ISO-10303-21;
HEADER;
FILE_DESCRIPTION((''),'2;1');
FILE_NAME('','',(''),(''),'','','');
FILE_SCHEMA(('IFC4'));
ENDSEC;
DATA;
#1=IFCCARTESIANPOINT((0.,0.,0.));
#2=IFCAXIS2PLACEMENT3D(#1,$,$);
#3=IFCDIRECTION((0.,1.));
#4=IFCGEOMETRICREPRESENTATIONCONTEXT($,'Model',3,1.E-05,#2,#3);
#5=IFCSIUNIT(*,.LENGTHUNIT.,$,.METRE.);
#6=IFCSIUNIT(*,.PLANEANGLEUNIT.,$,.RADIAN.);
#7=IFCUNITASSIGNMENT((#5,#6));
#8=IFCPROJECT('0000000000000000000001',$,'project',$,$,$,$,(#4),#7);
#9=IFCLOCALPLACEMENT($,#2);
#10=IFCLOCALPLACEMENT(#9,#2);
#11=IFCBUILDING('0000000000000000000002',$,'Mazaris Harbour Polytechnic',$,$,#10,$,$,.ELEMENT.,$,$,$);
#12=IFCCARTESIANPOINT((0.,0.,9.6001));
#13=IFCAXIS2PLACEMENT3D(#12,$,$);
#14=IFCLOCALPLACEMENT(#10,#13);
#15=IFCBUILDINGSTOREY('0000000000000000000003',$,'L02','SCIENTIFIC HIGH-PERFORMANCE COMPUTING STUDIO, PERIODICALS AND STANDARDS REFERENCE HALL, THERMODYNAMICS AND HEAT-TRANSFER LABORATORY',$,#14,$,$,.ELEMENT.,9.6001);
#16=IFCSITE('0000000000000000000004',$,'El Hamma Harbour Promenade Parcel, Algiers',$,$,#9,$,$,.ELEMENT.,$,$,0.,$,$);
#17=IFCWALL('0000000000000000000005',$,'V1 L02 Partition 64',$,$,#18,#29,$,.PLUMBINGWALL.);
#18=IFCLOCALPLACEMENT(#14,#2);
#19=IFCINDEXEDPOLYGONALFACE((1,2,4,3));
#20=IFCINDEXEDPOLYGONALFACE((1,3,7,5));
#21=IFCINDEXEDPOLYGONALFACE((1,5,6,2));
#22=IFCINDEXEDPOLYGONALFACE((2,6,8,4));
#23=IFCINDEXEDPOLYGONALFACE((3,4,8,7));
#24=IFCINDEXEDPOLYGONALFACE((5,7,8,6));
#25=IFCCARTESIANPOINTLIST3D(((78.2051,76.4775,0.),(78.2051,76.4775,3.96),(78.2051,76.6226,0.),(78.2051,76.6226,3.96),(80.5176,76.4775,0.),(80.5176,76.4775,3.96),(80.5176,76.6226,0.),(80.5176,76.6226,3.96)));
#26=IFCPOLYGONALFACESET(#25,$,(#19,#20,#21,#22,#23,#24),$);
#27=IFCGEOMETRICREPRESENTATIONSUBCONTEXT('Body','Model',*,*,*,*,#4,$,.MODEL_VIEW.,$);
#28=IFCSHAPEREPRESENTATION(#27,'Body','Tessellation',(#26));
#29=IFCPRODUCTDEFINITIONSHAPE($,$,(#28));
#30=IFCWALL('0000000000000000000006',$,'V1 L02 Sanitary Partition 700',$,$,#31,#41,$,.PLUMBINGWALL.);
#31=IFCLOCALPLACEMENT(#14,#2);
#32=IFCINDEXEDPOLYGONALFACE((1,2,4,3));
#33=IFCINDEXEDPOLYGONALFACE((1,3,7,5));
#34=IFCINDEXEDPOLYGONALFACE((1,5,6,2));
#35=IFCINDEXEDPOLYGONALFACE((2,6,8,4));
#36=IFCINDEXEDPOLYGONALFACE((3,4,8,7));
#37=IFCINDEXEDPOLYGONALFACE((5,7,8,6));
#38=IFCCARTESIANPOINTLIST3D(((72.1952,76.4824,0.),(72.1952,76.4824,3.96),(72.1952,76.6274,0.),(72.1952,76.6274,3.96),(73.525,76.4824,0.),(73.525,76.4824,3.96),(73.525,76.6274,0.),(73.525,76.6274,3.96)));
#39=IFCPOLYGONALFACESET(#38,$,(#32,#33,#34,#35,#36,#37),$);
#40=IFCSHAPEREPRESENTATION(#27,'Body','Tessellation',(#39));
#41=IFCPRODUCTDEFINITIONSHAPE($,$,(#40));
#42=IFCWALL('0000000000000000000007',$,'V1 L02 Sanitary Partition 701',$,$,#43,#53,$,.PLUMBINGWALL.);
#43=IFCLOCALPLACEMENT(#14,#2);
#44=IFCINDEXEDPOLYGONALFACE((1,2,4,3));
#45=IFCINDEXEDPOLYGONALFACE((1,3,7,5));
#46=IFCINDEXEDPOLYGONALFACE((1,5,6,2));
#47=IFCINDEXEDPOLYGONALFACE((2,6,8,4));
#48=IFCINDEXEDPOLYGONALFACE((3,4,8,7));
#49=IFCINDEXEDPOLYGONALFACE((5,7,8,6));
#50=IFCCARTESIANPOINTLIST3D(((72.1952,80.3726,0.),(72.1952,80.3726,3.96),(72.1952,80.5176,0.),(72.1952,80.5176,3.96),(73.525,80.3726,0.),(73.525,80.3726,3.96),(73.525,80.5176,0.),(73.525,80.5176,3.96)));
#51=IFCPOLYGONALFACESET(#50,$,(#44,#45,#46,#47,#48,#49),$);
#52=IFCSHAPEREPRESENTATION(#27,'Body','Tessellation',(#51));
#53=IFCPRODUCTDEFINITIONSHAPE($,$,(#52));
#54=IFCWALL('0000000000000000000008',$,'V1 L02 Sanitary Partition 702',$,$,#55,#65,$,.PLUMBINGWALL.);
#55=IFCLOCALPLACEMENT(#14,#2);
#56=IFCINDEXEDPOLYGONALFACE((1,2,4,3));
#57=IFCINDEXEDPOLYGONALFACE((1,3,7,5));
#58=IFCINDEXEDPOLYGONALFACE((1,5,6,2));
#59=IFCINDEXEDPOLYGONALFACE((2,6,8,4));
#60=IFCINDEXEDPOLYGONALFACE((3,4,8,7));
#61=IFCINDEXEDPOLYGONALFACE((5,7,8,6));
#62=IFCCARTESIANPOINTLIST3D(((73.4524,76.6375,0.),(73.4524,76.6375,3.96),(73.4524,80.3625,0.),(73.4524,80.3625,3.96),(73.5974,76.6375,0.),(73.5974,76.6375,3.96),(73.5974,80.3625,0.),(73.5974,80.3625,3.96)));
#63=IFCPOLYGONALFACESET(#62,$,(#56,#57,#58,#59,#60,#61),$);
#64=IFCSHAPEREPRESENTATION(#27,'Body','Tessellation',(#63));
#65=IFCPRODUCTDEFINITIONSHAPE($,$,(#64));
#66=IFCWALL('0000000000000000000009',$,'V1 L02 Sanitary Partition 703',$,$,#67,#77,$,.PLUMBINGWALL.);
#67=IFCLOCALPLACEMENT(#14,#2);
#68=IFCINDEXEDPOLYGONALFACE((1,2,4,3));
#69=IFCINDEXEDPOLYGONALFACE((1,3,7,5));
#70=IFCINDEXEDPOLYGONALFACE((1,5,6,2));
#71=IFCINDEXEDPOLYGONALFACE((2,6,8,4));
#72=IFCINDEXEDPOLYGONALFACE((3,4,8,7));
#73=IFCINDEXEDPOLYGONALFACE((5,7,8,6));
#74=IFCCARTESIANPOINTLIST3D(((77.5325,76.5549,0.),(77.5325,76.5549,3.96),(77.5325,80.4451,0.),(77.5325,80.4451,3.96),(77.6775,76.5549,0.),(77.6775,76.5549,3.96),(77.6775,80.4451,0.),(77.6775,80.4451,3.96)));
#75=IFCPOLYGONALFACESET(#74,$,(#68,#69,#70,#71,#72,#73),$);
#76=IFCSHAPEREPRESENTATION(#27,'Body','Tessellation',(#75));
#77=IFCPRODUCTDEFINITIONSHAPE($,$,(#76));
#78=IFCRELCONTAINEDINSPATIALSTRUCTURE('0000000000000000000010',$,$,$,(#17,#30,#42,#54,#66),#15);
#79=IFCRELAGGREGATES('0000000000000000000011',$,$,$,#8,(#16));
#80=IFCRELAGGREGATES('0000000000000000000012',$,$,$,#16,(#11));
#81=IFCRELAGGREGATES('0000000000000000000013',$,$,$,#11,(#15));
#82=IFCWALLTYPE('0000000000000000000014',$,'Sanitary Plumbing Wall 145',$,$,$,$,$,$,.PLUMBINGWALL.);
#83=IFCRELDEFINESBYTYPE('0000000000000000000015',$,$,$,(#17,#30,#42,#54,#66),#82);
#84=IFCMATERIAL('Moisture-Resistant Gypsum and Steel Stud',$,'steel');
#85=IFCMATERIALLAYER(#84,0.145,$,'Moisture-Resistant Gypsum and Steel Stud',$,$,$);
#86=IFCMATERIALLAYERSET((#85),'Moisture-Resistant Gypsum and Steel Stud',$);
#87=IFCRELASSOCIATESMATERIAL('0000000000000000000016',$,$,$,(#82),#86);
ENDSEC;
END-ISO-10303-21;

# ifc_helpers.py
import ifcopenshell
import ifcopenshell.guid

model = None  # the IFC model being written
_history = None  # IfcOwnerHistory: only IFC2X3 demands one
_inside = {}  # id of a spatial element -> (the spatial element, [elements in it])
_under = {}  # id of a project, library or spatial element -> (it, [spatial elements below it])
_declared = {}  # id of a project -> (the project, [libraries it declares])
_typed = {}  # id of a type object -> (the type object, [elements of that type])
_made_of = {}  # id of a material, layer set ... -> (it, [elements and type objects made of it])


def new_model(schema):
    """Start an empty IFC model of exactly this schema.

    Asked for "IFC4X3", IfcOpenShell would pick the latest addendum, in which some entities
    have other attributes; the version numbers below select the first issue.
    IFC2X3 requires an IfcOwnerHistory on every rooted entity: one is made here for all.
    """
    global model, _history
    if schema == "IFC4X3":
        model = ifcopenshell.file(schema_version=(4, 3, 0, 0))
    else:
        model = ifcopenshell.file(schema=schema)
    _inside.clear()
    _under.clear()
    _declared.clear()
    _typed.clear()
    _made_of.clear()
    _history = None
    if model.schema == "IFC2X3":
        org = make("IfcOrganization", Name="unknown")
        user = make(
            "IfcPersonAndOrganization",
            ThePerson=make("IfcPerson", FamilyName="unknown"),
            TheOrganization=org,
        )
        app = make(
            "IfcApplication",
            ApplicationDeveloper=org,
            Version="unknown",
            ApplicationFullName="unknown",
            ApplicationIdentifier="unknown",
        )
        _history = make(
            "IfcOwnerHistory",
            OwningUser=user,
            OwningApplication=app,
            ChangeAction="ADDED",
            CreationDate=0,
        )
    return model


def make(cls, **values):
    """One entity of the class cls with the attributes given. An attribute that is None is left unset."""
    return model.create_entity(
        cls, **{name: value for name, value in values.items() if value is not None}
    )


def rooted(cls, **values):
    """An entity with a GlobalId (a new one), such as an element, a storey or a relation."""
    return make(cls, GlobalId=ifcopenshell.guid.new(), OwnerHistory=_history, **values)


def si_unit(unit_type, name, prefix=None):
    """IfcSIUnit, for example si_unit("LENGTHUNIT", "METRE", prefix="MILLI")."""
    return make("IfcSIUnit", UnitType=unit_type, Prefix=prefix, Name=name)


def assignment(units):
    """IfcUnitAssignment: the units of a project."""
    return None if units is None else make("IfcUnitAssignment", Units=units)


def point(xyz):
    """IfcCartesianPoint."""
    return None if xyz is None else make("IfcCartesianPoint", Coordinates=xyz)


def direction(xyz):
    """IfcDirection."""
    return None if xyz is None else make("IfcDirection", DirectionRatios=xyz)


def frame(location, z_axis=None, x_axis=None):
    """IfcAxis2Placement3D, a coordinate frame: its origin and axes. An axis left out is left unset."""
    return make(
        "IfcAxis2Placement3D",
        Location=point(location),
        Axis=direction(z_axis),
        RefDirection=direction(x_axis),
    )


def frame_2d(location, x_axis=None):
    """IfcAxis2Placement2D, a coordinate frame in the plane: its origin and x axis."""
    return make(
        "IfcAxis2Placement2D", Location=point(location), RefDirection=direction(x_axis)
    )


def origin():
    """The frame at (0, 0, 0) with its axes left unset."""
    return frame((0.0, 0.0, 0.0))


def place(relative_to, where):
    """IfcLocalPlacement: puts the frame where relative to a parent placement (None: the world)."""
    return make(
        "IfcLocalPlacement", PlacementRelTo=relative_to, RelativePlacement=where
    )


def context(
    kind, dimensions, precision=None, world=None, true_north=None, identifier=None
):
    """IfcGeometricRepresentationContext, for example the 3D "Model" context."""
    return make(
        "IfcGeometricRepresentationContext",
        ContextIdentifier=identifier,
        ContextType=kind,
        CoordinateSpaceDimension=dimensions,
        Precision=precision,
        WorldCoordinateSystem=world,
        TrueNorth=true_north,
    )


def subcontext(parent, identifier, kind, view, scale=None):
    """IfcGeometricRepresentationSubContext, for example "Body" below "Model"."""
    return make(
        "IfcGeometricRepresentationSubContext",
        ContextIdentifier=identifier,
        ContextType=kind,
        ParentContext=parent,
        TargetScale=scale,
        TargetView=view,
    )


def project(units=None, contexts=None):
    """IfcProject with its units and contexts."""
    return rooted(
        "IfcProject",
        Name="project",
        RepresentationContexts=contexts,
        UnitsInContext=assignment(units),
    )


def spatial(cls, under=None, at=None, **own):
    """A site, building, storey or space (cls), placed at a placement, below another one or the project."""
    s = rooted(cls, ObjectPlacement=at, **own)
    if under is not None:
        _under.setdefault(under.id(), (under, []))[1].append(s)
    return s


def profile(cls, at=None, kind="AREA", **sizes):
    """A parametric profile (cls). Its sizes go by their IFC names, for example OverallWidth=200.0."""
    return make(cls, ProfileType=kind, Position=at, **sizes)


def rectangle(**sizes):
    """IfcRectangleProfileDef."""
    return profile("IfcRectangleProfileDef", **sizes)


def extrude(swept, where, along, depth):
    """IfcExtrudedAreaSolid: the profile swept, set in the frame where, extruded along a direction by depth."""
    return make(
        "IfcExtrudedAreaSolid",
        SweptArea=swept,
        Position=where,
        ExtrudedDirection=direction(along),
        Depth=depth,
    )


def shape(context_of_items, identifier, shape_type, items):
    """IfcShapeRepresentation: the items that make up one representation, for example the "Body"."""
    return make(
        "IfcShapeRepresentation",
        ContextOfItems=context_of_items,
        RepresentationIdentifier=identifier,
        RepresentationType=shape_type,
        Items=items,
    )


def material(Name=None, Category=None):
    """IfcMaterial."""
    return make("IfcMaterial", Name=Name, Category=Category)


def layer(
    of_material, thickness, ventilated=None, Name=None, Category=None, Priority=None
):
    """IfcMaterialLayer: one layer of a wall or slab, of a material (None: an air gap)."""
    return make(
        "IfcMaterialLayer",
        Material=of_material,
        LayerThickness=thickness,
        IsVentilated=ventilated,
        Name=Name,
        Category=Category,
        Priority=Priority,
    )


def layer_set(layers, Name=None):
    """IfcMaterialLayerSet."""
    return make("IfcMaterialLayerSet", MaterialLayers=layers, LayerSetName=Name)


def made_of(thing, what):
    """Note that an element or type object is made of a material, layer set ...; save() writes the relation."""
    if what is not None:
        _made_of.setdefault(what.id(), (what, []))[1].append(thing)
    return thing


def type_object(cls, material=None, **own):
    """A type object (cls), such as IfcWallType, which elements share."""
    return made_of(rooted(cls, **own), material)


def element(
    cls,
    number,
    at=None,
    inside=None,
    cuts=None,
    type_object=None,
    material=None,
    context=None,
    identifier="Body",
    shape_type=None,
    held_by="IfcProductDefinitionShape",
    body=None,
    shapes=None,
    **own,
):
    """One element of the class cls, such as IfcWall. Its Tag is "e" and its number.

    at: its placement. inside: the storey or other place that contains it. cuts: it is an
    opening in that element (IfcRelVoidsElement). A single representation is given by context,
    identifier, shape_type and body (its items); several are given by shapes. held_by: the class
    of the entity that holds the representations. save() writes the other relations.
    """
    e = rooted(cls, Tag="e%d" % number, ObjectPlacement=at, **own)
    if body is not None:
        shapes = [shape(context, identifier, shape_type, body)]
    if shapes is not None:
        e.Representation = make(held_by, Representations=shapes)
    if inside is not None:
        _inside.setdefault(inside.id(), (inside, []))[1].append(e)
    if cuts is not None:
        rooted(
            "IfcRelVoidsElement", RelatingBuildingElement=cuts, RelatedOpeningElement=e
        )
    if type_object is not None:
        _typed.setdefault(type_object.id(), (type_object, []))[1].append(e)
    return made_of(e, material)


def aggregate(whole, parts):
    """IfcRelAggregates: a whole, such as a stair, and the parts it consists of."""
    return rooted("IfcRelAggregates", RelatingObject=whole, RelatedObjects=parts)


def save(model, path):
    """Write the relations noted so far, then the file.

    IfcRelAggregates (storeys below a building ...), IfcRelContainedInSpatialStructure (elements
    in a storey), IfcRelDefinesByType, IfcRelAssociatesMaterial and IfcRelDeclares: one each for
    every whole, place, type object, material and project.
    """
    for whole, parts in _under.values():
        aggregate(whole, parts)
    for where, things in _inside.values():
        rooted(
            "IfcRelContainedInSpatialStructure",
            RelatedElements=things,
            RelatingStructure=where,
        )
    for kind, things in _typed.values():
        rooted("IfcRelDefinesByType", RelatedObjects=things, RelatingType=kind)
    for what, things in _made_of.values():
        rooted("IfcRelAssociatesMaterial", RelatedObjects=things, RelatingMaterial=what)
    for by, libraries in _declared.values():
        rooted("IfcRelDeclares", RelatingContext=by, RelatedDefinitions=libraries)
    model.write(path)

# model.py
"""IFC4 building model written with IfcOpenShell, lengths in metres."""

from ifc_helpers import new_model, si_unit, direction, frame, frame_2d, origin, place, context, subcontext, project, spatial, rectangle, extrude, material, layer, layer_set, type_object, element, save


model = new_model("IFC4")

# Units and contexts
model_context = context("Model", 3, precision=1e-05, world=origin(), true_north=direction((0.0, 1.0)))
body_context = subcontext(model_context, "Body", "Model", "MODEL_VIEW")
ifc_project = project(units=[si_unit("LENGTHUNIT", "METRE"), si_unit("PLANEANGLEUNIT", "RADIAN")], contexts=[model_context])

# Site, building, storey
site_placement = place(None, origin())
site = spatial("IfcSite", under=ifc_project, at=site_placement, Name="El Hamma Harbour Promenade Parcel, Algiers", CompositionType="ELEMENT", RefElevation=0.0)
building_placement = place(site_placement, origin())
building = spatial("IfcBuilding", under=site, at=building_placement, Name="Mazaris Harbour Polytechnic", CompositionType="ELEMENT")
storey_placement = place(building_placement, frame((0.0, 0.0, 9.6001)))
storey = spatial("IfcBuildingStorey", under=building, at=storey_placement, Name="L02", Description="SCIENTIFIC HIGH-PERFORMANCE COMPUTING STUDIO, PERIODICALS AND STANDARDS REFERENCE HALL, THERMODYNAMICS AND HEAT-TRANSFER LABORATORY", CompositionType="ELEMENT", Elevation=9.6001)

# Shared definitions
ifc_material_1 = material(Name="Moisture-Resistant Gypsum and Steel Stud", Category="steel")
ifc_layer_1 = layer(ifc_material_1, 0.145, Name="Moisture-Resistant Gypsum and Steel Stud")
ifc_layer_set_1 = layer_set([ifc_layer_1], Name="Moisture-Resistant Gypsum and Steel Stud")
wall_type_1 = type_object("IfcWallType", Name="Sanitary Plumbing Wall 145", PredefinedType="PLUMBINGWALL", material=ifc_layer_set_1)

# Walls
wall_1_placement = place(storey_placement, frame((78.2051, 76.55, 0.0), z_axis=(0.0, 0.0, 1.0), x_axis=(1.0, 0.0, 0.0)))
element("IfcWall", 1, at=wall_1_placement, inside=storey, type_object=wall_type_1, Name="V1 L02 Partition 64", PredefinedType="PLUMBINGWALL", context=body_context, shape_type="SweptSolid", body=[
    extrude(rectangle(XDim=2.3125, YDim=0.145, at=frame_2d((1.1562, 0.0))), origin(), (0.0, 0.0, 1.0), 3.96),
])
for number, where, z_axis, x_axis, name in (
    (2, (72.1951, 76.5549, 0.0), (0.0, 0.0, 1.0), (1.0, 0.0, 0.0), "V1 L02 Sanitary Partition 700"),
    (3, (72.1951, 80.4451, 0.0), (0.0, 0.0, 1.0), (1.0, 0.0, 0.0), "V1 L02 Sanitary Partition 701"),
):
    element("IfcWall", number, at=place(storey_placement, frame(where, z_axis=z_axis, x_axis=x_axis)), inside=storey, type_object=wall_type_1, Name=name, PredefinedType="PLUMBINGWALL", context=body_context, shape_type="SweptSolid", body=[
        extrude(rectangle(XDim=1.3298, YDim=0.145, at=frame_2d((0.665, 0.0))), origin(), (0.0, 0.0, 1.0), 3.96),
    ])
wall_2_placement = place(storey_placement, frame((73.5249, 76.6375, 0.0), z_axis=(0.0, 0.0, 1.0), x_axis=(0.0, 1.0, 0.0)))
element("IfcWall", 4, at=wall_2_placement, inside=storey, type_object=wall_type_1, Name="V1 L02 Sanitary Partition 702", PredefinedType="PLUMBINGWALL", context=body_context, shape_type="SweptSolid", body=[
    extrude(rectangle(XDim=3.7251, YDim=0.145, at=frame_2d((1.8625, 0.0))), origin(), (0.0, 0.0, 1.0), 3.96),
])
wall_3_placement = place(storey_placement, frame((77.605, 76.5549, 0.0), z_axis=(0.0, 0.0, 1.0), x_axis=(0.0, 1.0, 0.0)))
element("IfcWall", 5, at=wall_3_placement, inside=storey, type_object=wall_type_1, Name="V1 L02 Sanitary Partition 703", PredefinedType="PLUMBINGWALL", context=body_context, shape_type="SweptSolid", body=[
    extrude(rectangle(XDim=3.8901, YDim=0.145, at=frame_2d((1.9451, 0.0))), origin(), (0.0, 0.0, 1.0), 3.96),
])

save(model, "model.ifc")
